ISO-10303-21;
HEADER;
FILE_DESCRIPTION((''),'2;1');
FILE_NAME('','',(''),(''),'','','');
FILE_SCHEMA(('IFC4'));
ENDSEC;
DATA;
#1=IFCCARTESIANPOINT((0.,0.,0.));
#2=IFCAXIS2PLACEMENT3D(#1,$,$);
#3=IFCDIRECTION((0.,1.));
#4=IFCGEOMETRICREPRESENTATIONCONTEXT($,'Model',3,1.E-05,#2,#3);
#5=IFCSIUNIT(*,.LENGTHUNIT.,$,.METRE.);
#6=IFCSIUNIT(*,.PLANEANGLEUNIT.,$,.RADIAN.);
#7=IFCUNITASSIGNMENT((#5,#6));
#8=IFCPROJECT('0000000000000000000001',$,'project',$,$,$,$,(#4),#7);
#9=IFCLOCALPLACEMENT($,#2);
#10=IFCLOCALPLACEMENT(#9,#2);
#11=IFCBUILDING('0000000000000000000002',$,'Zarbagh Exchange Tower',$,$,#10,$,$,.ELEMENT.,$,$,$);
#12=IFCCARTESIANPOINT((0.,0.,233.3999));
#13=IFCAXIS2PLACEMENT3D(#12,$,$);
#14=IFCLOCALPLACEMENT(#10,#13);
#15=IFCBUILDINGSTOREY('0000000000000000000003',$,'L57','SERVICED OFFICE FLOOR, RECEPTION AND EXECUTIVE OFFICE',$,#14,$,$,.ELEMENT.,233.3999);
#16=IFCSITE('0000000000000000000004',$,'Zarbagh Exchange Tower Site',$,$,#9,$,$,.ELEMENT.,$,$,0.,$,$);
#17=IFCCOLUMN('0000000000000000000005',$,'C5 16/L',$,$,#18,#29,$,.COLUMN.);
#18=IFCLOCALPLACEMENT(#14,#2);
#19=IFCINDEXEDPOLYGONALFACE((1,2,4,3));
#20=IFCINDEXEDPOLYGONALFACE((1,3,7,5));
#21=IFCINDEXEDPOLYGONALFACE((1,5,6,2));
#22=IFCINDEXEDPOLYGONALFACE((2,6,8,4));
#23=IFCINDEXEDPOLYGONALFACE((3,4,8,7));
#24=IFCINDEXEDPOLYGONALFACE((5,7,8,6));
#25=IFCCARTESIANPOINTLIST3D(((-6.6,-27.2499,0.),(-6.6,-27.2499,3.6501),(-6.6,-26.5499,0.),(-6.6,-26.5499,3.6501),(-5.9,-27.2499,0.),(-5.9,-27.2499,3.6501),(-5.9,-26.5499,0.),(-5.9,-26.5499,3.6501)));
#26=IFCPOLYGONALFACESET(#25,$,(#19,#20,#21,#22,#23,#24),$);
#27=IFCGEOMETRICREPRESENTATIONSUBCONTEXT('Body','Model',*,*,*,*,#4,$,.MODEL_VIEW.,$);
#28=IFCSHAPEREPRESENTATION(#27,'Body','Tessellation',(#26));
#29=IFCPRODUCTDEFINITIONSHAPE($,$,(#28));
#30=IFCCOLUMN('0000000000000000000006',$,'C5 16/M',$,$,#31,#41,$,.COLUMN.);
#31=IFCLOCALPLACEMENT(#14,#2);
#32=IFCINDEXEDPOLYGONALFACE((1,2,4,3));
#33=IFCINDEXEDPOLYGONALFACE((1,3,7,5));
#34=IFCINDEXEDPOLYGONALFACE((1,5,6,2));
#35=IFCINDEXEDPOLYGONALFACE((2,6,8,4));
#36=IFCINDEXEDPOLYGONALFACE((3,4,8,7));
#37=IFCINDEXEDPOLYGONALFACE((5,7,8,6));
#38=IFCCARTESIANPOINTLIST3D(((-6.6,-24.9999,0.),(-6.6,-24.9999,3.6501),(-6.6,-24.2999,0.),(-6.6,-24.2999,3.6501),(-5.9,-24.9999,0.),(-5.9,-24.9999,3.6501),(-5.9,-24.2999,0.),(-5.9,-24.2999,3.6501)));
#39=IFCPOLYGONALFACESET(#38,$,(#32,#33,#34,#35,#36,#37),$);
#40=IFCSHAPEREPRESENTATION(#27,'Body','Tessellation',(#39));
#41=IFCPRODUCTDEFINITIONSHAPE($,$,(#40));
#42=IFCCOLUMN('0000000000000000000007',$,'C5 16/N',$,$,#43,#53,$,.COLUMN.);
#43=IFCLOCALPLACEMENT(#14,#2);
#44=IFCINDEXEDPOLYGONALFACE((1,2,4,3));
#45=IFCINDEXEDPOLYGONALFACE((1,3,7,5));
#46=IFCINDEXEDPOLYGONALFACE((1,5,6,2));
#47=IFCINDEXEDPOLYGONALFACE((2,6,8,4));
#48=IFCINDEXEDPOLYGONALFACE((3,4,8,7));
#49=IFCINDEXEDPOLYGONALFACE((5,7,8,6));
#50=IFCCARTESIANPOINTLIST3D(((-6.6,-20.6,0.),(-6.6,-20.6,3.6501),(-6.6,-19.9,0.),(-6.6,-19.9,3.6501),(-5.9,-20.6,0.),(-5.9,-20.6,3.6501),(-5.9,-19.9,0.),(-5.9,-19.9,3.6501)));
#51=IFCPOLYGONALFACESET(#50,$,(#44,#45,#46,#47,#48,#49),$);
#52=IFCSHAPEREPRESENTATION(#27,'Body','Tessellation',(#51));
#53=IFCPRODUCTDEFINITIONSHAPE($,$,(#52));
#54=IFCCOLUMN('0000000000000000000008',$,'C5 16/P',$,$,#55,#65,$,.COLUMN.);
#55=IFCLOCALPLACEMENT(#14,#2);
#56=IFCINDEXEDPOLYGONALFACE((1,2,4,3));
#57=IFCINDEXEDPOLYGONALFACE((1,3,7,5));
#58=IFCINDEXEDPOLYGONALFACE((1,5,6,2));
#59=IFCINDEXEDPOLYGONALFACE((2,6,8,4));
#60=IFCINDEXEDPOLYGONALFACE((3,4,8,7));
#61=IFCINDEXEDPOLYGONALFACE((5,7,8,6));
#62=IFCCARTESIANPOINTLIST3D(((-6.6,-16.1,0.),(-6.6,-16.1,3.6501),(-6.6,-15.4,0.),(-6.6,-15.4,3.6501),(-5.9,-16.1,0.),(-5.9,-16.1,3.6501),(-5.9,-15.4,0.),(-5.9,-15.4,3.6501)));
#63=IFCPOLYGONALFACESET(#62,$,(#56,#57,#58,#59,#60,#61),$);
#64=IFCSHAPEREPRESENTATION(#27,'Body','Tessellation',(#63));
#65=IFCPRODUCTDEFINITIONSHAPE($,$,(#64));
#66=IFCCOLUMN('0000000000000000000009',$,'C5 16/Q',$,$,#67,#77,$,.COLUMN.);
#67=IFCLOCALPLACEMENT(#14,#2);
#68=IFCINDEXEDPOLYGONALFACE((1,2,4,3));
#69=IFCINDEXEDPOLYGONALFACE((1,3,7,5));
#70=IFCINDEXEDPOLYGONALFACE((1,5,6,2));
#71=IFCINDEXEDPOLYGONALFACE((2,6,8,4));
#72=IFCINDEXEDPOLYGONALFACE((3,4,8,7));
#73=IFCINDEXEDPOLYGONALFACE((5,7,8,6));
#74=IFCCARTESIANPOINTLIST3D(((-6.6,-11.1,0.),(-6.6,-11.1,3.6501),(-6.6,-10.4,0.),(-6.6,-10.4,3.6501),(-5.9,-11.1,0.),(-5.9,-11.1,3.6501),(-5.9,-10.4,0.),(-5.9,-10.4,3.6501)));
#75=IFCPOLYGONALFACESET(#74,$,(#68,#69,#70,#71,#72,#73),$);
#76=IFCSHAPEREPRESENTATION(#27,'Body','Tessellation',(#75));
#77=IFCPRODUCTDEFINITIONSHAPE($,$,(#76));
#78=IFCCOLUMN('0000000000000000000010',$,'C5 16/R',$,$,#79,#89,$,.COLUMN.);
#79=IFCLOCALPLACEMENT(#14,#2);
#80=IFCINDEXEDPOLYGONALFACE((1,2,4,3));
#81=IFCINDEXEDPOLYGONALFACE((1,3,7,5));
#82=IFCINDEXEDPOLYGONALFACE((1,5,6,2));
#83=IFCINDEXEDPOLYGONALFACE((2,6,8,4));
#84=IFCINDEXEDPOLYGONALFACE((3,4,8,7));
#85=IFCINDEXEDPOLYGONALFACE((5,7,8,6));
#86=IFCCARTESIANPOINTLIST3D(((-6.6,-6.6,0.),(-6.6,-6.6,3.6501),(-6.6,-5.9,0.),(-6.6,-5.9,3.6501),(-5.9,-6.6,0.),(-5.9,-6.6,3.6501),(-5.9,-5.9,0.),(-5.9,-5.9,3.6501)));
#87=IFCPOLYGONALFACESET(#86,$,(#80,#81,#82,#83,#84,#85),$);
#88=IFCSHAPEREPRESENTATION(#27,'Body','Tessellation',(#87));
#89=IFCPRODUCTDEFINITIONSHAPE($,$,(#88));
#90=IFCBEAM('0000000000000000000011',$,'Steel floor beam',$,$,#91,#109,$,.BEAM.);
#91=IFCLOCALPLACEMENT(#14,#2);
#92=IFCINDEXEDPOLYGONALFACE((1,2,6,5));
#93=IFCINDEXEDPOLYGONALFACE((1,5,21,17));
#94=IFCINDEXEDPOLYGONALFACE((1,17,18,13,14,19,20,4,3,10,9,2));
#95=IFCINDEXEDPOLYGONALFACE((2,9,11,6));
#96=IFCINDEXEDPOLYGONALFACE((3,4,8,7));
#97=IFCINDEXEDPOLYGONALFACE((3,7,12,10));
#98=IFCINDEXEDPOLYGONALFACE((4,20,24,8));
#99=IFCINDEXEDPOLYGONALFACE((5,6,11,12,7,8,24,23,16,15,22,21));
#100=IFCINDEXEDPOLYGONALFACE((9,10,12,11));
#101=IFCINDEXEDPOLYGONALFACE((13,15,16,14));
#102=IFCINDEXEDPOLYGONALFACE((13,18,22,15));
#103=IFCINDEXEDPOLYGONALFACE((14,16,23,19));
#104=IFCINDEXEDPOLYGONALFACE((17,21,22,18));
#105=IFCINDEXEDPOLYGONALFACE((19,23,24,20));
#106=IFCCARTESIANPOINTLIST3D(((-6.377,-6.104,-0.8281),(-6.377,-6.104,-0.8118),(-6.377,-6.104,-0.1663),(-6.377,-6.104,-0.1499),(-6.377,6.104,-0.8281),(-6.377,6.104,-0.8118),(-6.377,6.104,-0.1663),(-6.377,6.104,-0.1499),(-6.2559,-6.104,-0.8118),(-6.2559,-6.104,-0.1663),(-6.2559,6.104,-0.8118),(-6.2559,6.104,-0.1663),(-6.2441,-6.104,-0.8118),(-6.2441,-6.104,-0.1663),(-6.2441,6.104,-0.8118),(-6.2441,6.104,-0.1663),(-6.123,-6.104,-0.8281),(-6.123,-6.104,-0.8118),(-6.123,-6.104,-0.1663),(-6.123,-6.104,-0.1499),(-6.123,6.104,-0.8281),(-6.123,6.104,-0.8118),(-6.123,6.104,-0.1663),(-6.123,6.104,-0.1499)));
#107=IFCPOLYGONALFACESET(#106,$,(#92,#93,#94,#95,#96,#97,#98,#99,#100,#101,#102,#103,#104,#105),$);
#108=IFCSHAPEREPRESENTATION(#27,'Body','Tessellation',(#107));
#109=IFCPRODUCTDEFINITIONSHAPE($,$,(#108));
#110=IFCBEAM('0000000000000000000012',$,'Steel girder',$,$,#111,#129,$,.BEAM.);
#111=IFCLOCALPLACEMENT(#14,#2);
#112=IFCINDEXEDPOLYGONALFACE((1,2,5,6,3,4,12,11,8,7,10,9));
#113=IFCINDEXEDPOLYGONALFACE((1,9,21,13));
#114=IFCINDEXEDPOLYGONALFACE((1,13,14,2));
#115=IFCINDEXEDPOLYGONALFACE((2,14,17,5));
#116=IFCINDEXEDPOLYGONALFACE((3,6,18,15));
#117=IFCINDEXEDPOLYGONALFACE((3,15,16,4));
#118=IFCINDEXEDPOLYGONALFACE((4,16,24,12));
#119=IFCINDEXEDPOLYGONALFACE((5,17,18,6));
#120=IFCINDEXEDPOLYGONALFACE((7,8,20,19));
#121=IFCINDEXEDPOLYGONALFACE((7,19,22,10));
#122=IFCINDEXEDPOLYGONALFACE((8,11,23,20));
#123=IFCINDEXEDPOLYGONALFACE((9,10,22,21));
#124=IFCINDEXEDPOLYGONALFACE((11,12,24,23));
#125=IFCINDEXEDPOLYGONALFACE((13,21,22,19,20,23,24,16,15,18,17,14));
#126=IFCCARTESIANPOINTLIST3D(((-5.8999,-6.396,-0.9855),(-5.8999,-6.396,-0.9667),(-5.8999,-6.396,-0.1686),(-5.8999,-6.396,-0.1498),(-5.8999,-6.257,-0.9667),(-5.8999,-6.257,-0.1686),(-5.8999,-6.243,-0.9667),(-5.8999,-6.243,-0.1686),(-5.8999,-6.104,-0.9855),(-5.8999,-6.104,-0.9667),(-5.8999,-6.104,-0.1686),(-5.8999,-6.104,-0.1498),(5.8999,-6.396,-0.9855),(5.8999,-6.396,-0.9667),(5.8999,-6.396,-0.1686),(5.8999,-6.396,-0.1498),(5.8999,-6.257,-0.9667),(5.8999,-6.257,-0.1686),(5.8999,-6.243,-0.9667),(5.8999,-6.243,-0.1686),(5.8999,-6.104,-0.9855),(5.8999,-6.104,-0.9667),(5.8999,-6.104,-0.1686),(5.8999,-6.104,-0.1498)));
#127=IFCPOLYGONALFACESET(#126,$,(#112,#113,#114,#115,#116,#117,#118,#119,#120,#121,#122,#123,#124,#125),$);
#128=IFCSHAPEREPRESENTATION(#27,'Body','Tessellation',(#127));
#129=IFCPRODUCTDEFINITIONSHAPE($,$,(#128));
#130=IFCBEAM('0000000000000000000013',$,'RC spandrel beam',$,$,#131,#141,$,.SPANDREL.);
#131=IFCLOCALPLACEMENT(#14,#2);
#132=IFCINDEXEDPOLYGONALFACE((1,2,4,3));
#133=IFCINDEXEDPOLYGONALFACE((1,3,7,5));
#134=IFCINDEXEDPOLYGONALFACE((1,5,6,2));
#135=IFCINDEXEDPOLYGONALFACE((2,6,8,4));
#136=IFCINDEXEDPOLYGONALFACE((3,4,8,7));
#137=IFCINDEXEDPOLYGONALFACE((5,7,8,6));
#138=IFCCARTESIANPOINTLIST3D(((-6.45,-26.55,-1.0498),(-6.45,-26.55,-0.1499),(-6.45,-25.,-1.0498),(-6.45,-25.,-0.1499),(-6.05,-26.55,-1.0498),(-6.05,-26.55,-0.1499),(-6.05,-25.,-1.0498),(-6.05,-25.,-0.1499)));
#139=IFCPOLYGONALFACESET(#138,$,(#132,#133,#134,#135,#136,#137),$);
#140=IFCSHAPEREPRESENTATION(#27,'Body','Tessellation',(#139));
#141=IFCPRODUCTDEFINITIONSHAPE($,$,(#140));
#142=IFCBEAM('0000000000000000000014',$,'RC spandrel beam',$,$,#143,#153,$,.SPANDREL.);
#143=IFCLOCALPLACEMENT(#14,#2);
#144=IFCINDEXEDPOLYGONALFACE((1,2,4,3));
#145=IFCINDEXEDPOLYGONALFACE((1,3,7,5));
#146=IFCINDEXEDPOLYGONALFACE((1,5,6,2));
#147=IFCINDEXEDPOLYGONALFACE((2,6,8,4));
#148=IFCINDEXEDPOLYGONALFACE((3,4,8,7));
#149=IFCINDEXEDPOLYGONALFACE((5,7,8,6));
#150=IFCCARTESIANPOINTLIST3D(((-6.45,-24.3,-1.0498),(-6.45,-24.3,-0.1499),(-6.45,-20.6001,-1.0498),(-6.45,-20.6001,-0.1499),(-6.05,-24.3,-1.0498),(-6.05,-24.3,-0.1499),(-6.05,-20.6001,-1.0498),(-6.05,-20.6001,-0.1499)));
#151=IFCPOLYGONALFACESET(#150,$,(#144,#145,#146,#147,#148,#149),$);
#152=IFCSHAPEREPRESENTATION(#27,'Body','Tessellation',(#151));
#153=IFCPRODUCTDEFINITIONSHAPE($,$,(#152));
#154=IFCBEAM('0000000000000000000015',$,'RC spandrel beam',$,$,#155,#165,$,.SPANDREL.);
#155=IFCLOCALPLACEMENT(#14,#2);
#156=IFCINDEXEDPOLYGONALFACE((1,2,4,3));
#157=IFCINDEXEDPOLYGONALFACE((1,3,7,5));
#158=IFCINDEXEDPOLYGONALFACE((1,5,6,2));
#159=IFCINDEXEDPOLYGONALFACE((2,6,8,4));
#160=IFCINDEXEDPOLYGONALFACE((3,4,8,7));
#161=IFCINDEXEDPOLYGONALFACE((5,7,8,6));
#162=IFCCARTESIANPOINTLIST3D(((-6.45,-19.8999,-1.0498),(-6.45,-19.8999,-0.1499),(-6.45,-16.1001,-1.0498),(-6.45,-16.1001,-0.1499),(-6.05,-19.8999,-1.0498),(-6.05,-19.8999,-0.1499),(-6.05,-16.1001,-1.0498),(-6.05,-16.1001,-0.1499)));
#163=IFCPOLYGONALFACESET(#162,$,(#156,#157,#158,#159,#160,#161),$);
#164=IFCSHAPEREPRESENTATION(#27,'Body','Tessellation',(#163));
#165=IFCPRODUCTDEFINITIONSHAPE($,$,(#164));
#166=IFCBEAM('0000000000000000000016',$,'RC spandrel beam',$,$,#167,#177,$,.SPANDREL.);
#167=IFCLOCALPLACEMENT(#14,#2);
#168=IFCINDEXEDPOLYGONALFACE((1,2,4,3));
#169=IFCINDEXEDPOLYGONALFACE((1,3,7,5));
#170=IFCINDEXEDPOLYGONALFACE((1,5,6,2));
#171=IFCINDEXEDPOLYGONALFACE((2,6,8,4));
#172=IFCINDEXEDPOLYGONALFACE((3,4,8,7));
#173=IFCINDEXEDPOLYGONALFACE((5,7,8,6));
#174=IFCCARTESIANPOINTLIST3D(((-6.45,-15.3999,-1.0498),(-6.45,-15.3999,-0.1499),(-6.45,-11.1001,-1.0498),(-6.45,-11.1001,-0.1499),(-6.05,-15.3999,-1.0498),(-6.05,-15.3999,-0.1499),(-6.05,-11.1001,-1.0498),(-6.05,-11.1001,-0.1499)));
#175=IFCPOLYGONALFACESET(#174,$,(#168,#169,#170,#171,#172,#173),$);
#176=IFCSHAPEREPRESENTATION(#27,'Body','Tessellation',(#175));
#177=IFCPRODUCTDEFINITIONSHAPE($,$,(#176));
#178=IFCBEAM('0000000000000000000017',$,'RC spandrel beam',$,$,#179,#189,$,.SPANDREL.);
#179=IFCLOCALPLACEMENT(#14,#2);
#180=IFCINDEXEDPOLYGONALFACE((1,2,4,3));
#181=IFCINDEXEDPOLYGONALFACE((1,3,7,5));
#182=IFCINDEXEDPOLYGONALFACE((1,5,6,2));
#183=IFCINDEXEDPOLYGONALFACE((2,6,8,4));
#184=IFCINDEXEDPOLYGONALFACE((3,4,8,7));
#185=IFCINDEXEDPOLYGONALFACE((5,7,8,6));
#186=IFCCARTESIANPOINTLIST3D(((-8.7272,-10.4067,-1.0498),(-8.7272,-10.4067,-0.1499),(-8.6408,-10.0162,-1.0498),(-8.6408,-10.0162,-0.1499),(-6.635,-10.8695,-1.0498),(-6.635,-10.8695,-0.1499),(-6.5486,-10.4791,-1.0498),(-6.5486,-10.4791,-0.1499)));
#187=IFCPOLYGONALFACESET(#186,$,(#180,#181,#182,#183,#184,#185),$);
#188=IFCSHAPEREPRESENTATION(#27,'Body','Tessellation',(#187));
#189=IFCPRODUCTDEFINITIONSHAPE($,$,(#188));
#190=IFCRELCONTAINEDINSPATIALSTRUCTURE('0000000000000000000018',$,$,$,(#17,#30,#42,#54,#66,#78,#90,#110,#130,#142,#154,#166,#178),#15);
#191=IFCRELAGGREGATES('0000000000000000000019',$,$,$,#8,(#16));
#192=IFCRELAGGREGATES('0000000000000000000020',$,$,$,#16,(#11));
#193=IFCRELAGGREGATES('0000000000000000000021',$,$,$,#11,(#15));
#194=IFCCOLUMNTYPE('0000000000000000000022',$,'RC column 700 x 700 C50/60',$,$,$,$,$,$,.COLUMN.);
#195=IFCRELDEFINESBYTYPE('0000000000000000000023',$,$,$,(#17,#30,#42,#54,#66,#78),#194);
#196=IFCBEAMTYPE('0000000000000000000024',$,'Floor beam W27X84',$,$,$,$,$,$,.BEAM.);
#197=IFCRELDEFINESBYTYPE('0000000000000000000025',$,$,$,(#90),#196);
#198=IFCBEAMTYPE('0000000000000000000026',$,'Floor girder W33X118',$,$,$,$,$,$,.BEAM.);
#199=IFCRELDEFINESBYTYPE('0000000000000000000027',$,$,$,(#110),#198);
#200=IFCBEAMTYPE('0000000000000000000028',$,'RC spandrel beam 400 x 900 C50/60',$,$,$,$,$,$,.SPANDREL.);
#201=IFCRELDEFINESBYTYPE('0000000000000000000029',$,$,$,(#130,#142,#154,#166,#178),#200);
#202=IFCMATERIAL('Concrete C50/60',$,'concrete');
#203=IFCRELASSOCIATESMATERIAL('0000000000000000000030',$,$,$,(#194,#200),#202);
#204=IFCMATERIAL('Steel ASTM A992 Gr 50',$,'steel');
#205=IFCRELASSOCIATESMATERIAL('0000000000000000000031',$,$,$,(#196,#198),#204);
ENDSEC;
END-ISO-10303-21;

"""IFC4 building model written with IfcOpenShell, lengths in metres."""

from ifc_helpers import new_model, si_unit, direction, frame, origin, origin_2d, place, context, subcontext, project, spatial, rectangle, i_section, extrude, material, material_profile, profile_set, type_object, element, save


model = new_model("IFC4")

# Units and contexts
model_context = context("Model", 3, precision=1e-05, world=origin(), true_north=direction((0.0, 1.0)))
body_context = subcontext(model_context, "Body", "Model", "MODEL_VIEW")
ifc_project = project(units=[si_unit("LENGTHUNIT", "METRE"), si_unit("PLANEANGLEUNIT", "RADIAN")], contexts=[model_context])

# Site, building, storey
site_placement = place(None, origin())
site = spatial("IfcSite", under=ifc_project, at=site_placement, Name="Zarbagh Exchange Tower Site", CompositionType="ELEMENT", RefElevation=0.0)
building_placement = place(site_placement, origin())
building = spatial("IfcBuilding", under=site, at=building_placement, Name="Zarbagh Exchange Tower", CompositionType="ELEMENT")
storey_placement = place(building_placement, frame((0.0, 0.0, 233.3999)))
storey = spatial("IfcBuildingStorey", under=building, at=storey_placement, Name="L57", Description="SERVICED OFFICE FLOOR, RECEPTION AND EXECUTIVE OFFICE", CompositionType="ELEMENT", Elevation=233.3999)

# Columns
ifc_material_1 = material(Name="Concrete C50/60", Category="concrete")
ifc_material_profile_1 = material_profile(ifc_material_1, rectangle(XDim=0.7, YDim=0.7, at=origin_2d()), Name="RC column 700 x 700 C50/60")
ifc_profile_set_1 = profile_set([ifc_material_profile_1], Name="Concrete C50/60")
column_type = type_object("IfcColumnType", Name="RC column 700 x 700 C50/60", PredefinedType="COLUMN", material=ifc_profile_set_1)
for number, where, z_axis, x_axis, name in (
    (1, (-6.25, -26.8999, 0.0), (0.0, 0.0, 1.0), (1.0, 0.0, 0.0), "C5 16/L"),
    (2, (-6.25, -24.6499, 0.0), (0.0, 0.0, 1.0), (1.0, 0.0, 0.0), "C5 16/M"),
    (3, (-6.25, -20.25, 0.0), (0.0, 0.0, 1.0), (1.0, 0.0, 0.0), "C5 16/N"),
    (4, (-6.25, -15.75, 0.0), (0.0, 0.0, 1.0), (1.0, 0.0, 0.0), "C5 16/P"),
    (5, (-6.25, -10.75, 0.0), (0.0, 0.0, 1.0), (1.0, 0.0, 0.0), "C5 16/Q"),
    (6, (-6.25, -6.25, 0.0), (0.0, 0.0, 1.0), (1.0, 0.0, 0.0), "C5 16/R"),
):
    element("IfcColumn", number, at=place(storey_placement, frame(where, z_axis=z_axis, x_axis=x_axis)), inside=storey, type_object=column_type, Name=name, PredefinedType="COLUMN", context=body_context, shape_type="SweptSolid", body=[
        extrude(rectangle(XDim=0.7, YDim=0.7, at=origin_2d()), origin(), (0.0, 0.0, 1.0), 3.6501),
    ])

# Beams
ifc_material_2 = material(Name="Steel ASTM A992 Gr 50", Category="steel")
ifc_material_profile_2 = material_profile(ifc_material_2, i_section(OverallWidth=0.2539, OverallDepth=0.6782, WebThickness=0.0117, FlangeThickness=0.0164, at=origin_2d()), Name="W27X84")
ifc_profile_set_2 = profile_set([ifc_material_profile_2], Name="Steel ASTM A992 Gr 50")
beam_type_1 = type_object("IfcBeamType", Name="Floor beam W27X84", PredefinedType="BEAM", material=ifc_profile_set_2)
beam_1_placement = place(storey_placement, frame((-6.25, -6.104, -0.489), z_axis=(0.0, 1.0, 0.0), x_axis=(-1.0, 0.0, 0.0)))
element("IfcBeam", 7, at=beam_1_placement, inside=storey, type_object=beam_type_1, Name="Steel floor beam", PredefinedType="BEAM", context=body_context, shape_type="SweptSolid", body=[
    extrude(i_section(OverallWidth=0.2539, OverallDepth=0.6782, WebThickness=0.0117, FlangeThickness=0.0164, at=origin_2d()), origin(), (0.0, 0.0, 1.0), 12.208),
])
ifc_material_profile_3 = material_profile(ifc_material_2, i_section(OverallWidth=0.292, OverallDepth=0.8357, WebThickness=0.0139, FlangeThickness=0.0188, at=origin_2d()), Name="W33X118")
ifc_profile_set_3 = profile_set([ifc_material_profile_3], Name="Steel ASTM A992 Gr 50")
beam_type_2 = type_object("IfcBeamType", Name="Floor girder W33X118", PredefinedType="BEAM", material=ifc_profile_set_3)
beam_2_placement = place(storey_placement, frame((-5.8999, -6.25, -0.5676), z_axis=(1.0, 0.0, 0.0), x_axis=(0.0, 1.0, 0.0)))
element("IfcBeam", 8, at=beam_2_placement, inside=storey, type_object=beam_type_2, Name="Steel girder", PredefinedType="BEAM", context=body_context, shape_type="SweptSolid", body=[
    extrude(i_section(OverallWidth=0.292, OverallDepth=0.8357, WebThickness=0.0139, FlangeThickness=0.0188, at=origin_2d()), origin(), (0.0, 0.0, 1.0), 11.7998),
])
ifc_material_profile_4 = material_profile(ifc_material_1, rectangle(XDim=0.3999, YDim=0.8999, at=origin_2d()), Name="RC spandrel beam 400 x 900 C50/60")
ifc_profile_set_4 = profile_set([ifc_material_profile_4], Name="Concrete C50/60")
beam_type_3 = type_object("IfcBeamType", Name="RC spandrel beam 400 x 900 C50/60", PredefinedType="SPANDREL", material=ifc_profile_set_4)
beam_3_placement = place(storey_placement, frame((-6.25, -26.55, -0.5999), z_axis=(0.0, 1.0, 0.0), x_axis=(-1.0, 0.0, 0.0)))
element("IfcBeam", 9, at=beam_3_placement, inside=storey, type_object=beam_type_3, Name="RC spandrel beam", PredefinedType="SPANDREL", context=body_context, shape_type="SweptSolid", body=[
    extrude(rectangle(XDim=0.3999, YDim=0.8999, at=origin_2d()), origin(), (0.0, 0.0, 1.0), 1.55),
])
beam_4_placement = place(storey_placement, frame((-6.25, -24.3, -0.5999), z_axis=(0.0, 1.0, 0.0), x_axis=(-1.0, 0.0, 0.0)))
element("IfcBeam", 10, at=beam_4_placement, inside=storey, type_object=beam_type_3, Name="RC spandrel beam", PredefinedType="SPANDREL", context=body_context, shape_type="SweptSolid", body=[
    extrude(rectangle(XDim=0.3999, YDim=0.8999, at=origin_2d()), origin(), (0.0, 0.0, 1.0), 3.7),
])
beam_5_placement = place(storey_placement, frame((-6.25, -19.8999, -0.5999), z_axis=(0.0, 1.0, 0.0), x_axis=(-1.0, 0.0, 0.0)))
element("IfcBeam", 11, at=beam_5_placement, inside=storey, type_object=beam_type_3, Name="RC spandrel beam", PredefinedType="SPANDREL", context=body_context, shape_type="SweptSolid", body=[
    extrude(rectangle(XDim=0.3999, YDim=0.8999, at=origin_2d()), origin(), (0.0, 0.0, 1.0), 3.7998),
])
beam_6_placement = place(storey_placement, frame((-6.25, -15.3999, -0.5999), z_axis=(0.0, 1.0, 0.0), x_axis=(-1.0, 0.0, 0.0)))
element("IfcBeam", 12, at=beam_6_placement, inside=storey, type_object=beam_type_3, Name="RC spandrel beam", PredefinedType="SPANDREL", context=body_context, shape_type="SweptSolid", body=[
    extrude(rectangle(XDim=0.3999, YDim=0.8999, at=origin_2d()), origin(), (0.0, 0.0, 1.0), 4.2998),
])
beam_7_placement = place(storey_placement, frame((-6.5918, -10.6743, -0.5999), z_axis=(-0.97639, 0.216014, 0.0), x_axis=(-0.216014, -0.97639, 0.0)))
element("IfcBeam", 13, at=beam_7_placement, inside=storey, type_object=beam_type_3, Name="RC spandrel beam", PredefinedType="SPANDREL", context=body_context, shape_type="SweptSolid", body=[
    extrude(rectangle(XDim=0.3999, YDim=0.8999, at=origin_2d()), origin(), (0.0, 0.0, 1.0), 2.1428),
])

save(model, "model.ifc")
